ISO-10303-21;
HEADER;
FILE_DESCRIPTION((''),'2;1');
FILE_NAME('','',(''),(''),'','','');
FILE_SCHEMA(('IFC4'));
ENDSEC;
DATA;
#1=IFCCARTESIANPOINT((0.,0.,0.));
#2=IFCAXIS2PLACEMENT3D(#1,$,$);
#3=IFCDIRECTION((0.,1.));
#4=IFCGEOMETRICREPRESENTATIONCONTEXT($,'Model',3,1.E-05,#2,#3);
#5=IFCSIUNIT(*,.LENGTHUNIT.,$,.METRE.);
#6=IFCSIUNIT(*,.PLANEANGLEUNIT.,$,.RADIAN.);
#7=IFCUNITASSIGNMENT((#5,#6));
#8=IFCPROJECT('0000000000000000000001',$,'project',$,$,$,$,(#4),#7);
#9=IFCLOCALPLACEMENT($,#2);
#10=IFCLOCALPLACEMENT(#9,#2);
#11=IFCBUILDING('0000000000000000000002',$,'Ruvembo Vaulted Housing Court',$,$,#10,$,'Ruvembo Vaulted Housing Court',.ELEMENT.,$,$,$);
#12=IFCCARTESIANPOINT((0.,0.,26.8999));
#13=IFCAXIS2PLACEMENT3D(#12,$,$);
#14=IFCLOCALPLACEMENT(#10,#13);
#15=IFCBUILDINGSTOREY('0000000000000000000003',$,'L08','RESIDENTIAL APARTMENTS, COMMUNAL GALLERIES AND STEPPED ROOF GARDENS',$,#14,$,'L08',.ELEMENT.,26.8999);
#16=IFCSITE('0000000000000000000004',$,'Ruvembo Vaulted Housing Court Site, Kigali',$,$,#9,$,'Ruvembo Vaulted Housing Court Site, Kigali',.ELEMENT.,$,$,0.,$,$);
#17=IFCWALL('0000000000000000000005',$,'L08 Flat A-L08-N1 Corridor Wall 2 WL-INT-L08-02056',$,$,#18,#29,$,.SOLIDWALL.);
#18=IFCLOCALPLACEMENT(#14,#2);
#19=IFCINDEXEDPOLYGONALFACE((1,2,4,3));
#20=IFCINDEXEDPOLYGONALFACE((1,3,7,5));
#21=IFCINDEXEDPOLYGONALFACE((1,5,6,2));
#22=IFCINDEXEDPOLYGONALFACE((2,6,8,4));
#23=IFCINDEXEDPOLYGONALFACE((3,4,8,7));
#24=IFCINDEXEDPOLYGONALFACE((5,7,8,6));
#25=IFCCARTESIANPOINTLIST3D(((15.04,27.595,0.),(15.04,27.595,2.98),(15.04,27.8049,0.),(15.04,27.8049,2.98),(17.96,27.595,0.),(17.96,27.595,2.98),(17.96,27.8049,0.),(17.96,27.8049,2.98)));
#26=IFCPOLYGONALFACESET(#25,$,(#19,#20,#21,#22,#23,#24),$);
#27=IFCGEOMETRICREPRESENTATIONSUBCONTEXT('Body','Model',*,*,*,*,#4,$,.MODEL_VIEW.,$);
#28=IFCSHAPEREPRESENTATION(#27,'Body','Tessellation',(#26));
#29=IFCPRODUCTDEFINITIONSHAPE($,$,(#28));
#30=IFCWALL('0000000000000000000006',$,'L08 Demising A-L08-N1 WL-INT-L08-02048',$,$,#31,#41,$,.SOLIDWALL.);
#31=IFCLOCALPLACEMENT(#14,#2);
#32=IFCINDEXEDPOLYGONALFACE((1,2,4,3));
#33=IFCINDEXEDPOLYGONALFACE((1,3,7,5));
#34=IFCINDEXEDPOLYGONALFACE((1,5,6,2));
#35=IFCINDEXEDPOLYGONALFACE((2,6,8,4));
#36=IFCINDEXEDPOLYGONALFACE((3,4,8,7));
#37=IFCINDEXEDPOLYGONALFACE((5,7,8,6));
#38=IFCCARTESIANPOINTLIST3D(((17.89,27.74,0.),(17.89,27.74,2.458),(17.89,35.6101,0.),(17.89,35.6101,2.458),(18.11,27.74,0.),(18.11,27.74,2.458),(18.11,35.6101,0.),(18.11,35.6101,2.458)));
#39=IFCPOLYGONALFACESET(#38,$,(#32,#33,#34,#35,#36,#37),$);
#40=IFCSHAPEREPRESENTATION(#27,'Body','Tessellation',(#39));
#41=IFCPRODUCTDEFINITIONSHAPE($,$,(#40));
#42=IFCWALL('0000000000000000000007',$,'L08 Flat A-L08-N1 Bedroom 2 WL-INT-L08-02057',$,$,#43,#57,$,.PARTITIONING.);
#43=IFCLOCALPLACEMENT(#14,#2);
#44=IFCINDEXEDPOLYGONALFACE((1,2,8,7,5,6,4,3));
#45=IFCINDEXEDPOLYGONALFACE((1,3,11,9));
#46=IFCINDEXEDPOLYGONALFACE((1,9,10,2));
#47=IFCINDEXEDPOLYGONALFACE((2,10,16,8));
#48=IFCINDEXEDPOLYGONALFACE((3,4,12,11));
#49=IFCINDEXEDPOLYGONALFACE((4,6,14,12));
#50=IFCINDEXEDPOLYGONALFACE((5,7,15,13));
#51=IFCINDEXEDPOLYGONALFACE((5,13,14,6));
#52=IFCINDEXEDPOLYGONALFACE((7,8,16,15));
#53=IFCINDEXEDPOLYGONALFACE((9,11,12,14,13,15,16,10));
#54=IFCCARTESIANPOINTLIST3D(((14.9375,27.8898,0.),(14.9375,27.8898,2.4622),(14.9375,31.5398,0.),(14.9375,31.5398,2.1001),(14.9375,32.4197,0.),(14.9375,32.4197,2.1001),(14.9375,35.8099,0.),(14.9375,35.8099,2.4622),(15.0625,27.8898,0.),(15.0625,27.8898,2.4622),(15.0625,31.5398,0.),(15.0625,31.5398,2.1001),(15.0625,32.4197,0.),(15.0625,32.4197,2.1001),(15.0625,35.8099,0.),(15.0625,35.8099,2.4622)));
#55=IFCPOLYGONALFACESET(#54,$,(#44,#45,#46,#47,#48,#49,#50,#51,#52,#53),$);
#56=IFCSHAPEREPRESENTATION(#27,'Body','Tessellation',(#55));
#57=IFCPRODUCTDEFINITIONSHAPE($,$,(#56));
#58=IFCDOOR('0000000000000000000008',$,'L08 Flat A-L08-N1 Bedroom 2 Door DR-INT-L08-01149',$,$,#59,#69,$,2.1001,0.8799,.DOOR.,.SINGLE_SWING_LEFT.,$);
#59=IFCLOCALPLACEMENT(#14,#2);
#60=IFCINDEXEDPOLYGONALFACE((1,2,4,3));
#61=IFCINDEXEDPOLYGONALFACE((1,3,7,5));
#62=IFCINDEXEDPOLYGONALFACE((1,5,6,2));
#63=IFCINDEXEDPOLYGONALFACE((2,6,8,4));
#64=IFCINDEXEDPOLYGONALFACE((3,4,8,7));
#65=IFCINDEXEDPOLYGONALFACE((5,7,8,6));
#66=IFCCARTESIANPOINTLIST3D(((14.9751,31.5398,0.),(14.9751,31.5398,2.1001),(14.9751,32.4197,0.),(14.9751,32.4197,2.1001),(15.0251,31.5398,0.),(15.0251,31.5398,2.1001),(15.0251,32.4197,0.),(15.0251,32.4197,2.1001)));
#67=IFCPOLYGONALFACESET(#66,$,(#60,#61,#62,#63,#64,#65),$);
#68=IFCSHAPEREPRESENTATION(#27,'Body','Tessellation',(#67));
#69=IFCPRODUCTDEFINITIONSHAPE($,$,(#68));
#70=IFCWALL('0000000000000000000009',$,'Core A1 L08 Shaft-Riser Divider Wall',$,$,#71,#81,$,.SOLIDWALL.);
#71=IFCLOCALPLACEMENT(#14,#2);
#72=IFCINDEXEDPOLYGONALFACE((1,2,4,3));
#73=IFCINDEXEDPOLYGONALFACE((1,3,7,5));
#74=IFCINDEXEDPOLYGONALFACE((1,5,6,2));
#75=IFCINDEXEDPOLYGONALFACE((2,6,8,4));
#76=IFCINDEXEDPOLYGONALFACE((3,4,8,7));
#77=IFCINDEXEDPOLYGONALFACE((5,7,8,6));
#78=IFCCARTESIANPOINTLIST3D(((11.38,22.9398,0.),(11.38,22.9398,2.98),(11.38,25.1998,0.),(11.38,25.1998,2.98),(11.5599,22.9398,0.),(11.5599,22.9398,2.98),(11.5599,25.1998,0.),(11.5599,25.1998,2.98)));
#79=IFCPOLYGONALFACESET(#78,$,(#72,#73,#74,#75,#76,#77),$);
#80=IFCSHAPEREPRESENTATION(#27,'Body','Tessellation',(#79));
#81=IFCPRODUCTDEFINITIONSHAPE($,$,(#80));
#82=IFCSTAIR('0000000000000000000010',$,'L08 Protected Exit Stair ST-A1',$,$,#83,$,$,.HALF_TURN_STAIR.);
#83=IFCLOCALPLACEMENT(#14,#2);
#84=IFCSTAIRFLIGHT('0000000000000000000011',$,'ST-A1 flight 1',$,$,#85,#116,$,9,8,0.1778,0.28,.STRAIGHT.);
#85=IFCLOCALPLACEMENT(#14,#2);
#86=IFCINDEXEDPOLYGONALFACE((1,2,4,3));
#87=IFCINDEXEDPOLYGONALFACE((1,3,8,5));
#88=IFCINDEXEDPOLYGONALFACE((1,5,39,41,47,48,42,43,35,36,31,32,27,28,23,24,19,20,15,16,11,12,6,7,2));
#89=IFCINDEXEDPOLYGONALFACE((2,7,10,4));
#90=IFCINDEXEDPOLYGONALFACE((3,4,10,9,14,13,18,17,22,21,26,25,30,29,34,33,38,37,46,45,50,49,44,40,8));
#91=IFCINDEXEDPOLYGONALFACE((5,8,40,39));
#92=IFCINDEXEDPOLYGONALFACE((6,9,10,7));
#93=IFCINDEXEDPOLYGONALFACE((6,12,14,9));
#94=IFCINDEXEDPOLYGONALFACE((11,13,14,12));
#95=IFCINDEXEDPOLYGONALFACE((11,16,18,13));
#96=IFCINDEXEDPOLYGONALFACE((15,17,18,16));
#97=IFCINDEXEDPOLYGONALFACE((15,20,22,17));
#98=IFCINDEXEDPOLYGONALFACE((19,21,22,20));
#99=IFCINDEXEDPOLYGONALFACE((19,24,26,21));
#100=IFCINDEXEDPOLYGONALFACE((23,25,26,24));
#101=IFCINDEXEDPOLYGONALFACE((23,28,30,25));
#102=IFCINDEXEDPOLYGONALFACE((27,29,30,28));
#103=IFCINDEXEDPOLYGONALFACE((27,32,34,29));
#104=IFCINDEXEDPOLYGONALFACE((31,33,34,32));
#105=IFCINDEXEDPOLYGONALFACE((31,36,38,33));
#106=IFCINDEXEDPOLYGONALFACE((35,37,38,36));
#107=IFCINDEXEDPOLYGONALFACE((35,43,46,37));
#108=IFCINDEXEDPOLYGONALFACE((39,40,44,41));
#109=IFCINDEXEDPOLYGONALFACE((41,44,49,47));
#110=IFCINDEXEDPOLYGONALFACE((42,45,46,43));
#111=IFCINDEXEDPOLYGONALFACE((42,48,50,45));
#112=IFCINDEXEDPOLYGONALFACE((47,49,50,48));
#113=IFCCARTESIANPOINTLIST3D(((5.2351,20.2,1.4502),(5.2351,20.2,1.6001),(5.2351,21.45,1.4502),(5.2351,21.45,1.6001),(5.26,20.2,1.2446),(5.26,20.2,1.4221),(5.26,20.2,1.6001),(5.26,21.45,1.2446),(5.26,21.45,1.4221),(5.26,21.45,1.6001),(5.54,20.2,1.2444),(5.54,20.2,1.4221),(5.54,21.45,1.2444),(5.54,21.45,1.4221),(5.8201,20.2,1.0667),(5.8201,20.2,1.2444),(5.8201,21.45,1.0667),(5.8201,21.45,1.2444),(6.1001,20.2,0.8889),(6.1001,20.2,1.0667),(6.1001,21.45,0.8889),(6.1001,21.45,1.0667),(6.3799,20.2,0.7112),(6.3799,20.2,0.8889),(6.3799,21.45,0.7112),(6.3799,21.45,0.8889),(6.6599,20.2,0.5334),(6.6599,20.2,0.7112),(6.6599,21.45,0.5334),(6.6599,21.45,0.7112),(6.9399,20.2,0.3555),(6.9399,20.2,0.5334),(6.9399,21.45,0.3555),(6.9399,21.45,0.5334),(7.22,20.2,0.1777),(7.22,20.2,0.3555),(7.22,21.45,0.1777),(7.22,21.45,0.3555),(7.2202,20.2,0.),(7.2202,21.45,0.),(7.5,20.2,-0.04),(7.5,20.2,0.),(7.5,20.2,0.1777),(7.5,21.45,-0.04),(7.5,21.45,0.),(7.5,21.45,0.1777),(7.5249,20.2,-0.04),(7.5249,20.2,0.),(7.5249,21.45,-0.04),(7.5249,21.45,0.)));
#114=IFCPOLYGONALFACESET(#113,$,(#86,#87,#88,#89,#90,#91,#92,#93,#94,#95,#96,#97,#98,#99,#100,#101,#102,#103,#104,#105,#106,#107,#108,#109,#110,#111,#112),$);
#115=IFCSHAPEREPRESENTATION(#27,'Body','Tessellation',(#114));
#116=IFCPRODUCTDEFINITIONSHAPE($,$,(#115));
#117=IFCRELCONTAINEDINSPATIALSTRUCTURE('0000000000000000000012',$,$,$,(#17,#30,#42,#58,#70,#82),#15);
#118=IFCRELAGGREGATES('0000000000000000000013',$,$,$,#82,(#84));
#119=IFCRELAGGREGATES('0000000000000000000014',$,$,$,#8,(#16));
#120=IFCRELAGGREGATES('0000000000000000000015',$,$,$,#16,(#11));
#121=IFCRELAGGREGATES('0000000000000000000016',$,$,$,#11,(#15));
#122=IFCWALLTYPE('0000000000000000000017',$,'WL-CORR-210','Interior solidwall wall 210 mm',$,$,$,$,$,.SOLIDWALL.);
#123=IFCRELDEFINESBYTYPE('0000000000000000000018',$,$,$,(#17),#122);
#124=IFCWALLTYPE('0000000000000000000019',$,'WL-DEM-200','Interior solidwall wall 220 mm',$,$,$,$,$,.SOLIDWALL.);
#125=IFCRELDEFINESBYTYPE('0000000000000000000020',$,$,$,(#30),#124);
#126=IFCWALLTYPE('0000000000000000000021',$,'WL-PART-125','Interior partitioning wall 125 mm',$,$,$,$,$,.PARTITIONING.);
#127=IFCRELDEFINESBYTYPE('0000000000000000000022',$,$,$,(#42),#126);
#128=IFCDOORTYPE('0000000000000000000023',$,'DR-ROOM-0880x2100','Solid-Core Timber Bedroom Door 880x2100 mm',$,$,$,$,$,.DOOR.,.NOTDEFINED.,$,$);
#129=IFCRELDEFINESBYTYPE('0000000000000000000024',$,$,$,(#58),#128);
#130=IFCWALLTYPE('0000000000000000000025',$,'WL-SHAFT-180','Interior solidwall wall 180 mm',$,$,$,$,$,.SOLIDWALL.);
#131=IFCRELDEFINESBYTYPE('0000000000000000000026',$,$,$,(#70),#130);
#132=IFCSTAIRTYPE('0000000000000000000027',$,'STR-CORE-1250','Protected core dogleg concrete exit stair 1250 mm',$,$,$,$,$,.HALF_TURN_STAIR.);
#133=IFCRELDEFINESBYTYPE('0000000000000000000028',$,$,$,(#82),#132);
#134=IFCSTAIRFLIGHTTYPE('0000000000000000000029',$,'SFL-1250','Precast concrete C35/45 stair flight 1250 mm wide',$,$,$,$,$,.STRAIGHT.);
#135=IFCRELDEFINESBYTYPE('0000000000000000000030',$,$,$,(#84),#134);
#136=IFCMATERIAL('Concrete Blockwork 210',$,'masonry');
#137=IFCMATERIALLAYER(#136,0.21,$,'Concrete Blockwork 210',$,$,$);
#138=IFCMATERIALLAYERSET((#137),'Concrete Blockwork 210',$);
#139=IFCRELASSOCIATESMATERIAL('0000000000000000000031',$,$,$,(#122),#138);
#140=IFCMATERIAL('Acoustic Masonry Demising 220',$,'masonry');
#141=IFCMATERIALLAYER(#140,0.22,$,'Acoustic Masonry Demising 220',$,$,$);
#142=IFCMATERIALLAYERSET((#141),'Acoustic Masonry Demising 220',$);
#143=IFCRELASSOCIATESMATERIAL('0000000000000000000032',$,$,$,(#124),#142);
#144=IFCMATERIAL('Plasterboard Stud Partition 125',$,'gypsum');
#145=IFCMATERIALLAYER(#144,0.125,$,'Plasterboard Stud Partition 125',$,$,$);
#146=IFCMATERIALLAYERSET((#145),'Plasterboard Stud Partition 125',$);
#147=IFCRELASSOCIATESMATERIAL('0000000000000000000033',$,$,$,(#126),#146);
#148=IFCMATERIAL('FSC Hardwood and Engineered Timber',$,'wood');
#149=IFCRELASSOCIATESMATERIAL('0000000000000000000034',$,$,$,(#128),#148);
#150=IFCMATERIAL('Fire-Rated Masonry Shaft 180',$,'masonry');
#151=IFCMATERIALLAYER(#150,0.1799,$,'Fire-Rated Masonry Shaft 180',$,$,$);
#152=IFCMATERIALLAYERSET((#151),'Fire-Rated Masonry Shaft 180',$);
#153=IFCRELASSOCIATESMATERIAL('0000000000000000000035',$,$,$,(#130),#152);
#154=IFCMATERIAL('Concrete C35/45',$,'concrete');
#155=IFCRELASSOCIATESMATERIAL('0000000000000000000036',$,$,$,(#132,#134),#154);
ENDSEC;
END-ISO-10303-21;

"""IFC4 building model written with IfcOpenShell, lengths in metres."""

from ifc_helpers import new_model, si_unit, direction, frame, frame_2d, origin, place, context, subcontext, project, spatial, polyline, rectangle, outline, extrude, material, layer, layer_set, type_object, element, fill, aggregate, save


model = new_model("IFC4")

# Units and contexts
model_context = context("Model", 3, precision=1e-05, world=origin(), true_north=direction((0.0, 1.0)))
body_context = subcontext(model_context, "Body", "Model", "MODEL_VIEW")
ifc_project = project(units=[si_unit("LENGTHUNIT", "METRE"), si_unit("PLANEANGLEUNIT", "RADIAN")], contexts=[model_context])

# Site, building, storey
site_placement = place(None, origin())
site = spatial("IfcSite", under=ifc_project, at=site_placement, Name="Ruvembo Vaulted Housing Court Site, Kigali", LongName="Ruvembo Vaulted Housing Court Site, Kigali", CompositionType="ELEMENT", RefElevation=0.0)
building_placement = place(site_placement, origin())
building = spatial("IfcBuilding", under=site, at=building_placement, Name="Ruvembo Vaulted Housing Court", LongName="Ruvembo Vaulted Housing Court", CompositionType="ELEMENT")
storey_placement = place(building_placement, frame((0.0, 0.0, 26.8999)))
storey = spatial("IfcBuildingStorey", under=building, at=storey_placement, Name="L08", Description="RESIDENTIAL APARTMENTS, COMMUNAL GALLERIES AND STEPPED ROOF GARDENS", LongName="L08", CompositionType="ELEMENT", Elevation=26.8999)

# Shared definitions
ifc_material_1 = material(Name="Concrete C35/45", Category="concrete")

# Walls
ifc_material_2 = material(Name="Concrete Blockwork 210", Category="masonry")
ifc_layer_1 = layer(ifc_material_2, 0.21, Name="Concrete Blockwork 210")
ifc_layer_set_1 = layer_set([ifc_layer_1], Name="Concrete Blockwork 210")
wall_type_1 = type_object("IfcWallType", Name="WL-CORR-210", Description="Interior solidwall wall 210 mm", PredefinedType="SOLIDWALL", material=ifc_layer_set_1)
wall_1_placement = place(storey_placement, frame((15.04, 27.7, 0.0), z_axis=(0.0, 0.0, 1.0), x_axis=(1.0, 0.0, 0.0)))
element("IfcWall", 1, at=wall_1_placement, inside=storey, type_object=wall_type_1, Name="L08 Flat A-L08-N1 Corridor Wall 2 WL-INT-L08-02056", PredefinedType="SOLIDWALL", context=body_context, shape_type="SweptSolid", body=[
    extrude(rectangle(XDim=2.9199, YDim=0.21, at=frame_2d((1.46, 0.0))), origin(), (0.0, 0.0, 1.0), 2.98),
])
ifc_material_3 = material(Name="Acoustic Masonry Demising 220", Category="masonry")
ifc_layer_2 = layer(ifc_material_3, 0.22, Name="Acoustic Masonry Demising 220")
ifc_layer_set_2 = layer_set([ifc_layer_2], Name="Acoustic Masonry Demising 220")
wall_type_2 = type_object("IfcWallType", Name="WL-DEM-200", Description="Interior solidwall wall 220 mm", PredefinedType="SOLIDWALL", material=ifc_layer_set_2)
wall_2_placement = place(storey_placement, frame((18.0, 27.74, 0.0), z_axis=(0.0, 0.0, 1.0), x_axis=(0.0, 1.0, 0.0)))
element("IfcWall", 2, at=wall_2_placement, inside=storey, type_object=wall_type_2, Name="L08 Demising A-L08-N1 WL-INT-L08-02048", PredefinedType="SOLIDWALL", context=body_context, shape_type="SweptSolid", body=[
    extrude(rectangle(XDim=7.8701, YDim=0.22, at=frame_2d((3.9351, 0.0))), origin(), (0.0, 0.0, 1.0), 2.458),
])

# Wall, opening, door
ifc_material_4 = material(Name="Plasterboard Stud Partition 125", Category="gypsum")
ifc_layer_3 = layer(ifc_material_4, 0.125, Name="Plasterboard Stud Partition 125")
ifc_layer_set_3 = layer_set([ifc_layer_3], Name="Plasterboard Stud Partition 125")
wall_type_3 = type_object("IfcWallType", Name="WL-PART-125", Description="Interior partitioning wall 125 mm", PredefinedType="PARTITIONING", material=ifc_layer_set_3)
wall_3_placement = place(storey_placement, frame((15.0, 27.8899, 0.0), z_axis=(0.0, 0.0, 1.0), x_axis=(0.0, 1.0, 0.0)))
wall_3 = element("IfcWall", 3, at=wall_3_placement, inside=storey, type_object=wall_type_3, Name="L08 Flat A-L08-N1 Bedroom 2 WL-INT-L08-02057", PredefinedType="PARTITIONING", context=body_context, shape_type="SweptSolid", body=[
    extrude(rectangle(XDim=7.9202, YDim=0.125, at=frame_2d((3.96, 0.0))), origin(), (0.0, 0.0, 1.0), 2.4622),
])
opening_1_placement = place(wall_3_placement, frame((3.6499, 0.0, 0.0)))
opening_1 = element("IfcOpeningElement", 4, at=opening_1_placement, cuts=wall_3, PredefinedType="OPENING", context=body_context, shape_type="SweptSolid", body=[
    extrude(rectangle(XDim=0.8799, YDim=2.1001, at=frame_2d((0.4399, 1.05))), frame((0.0, 0.0725, 0.0), z_axis=(0.0, -1.0, 0.0), x_axis=(1.0, 0.0, 0.0)), (0.0, 0.0, 1.0), 0.145),
])
ifc_material_5 = material(Name="FSC Hardwood and Engineered Timber", Category="wood")
door_type_1 = type_object("IfcDoorType", Name="DR-ROOM-0880x2100", Description="Solid-Core Timber Bedroom Door 880x2100 mm", OperationType="NOTDEFINED", PredefinedType="DOOR", material=ifc_material_5)
door_1_placement = place(opening_1_placement, origin())
door_1 = element("IfcDoor", 5, at=door_1_placement, inside=storey, type_object=door_type_1, Name="L08 Flat A-L08-N1 Bedroom 2 Door DR-INT-L08-01149", OperationType="SINGLE_SWING_LEFT", OverallHeight=2.1001, OverallWidth=0.8799, PredefinedType="DOOR", context=body_context, shape_type="SweptSolid", body=[
    extrude(rectangle(XDim=0.8799, YDim=2.1001, at=frame_2d((0.4399, 1.05))), frame((0.0, 0.0249, 0.0), z_axis=(0.0, -1.0, 0.0), x_axis=(1.0, 0.0, 0.0)), (0.0, 0.0, 1.0), 0.05),
])
fill(opening_1, door_1)

# Shared definitions
ifc_material_6 = material(Name="Fire-Rated Masonry Shaft 180", Category="masonry")
ifc_layer_4 = layer(ifc_material_6, 0.1799, Name="Fire-Rated Masonry Shaft 180")
ifc_layer_set_4 = layer_set([ifc_layer_4], Name="Fire-Rated Masonry Shaft 180")
wall_type_4 = type_object("IfcWallType", Name="WL-SHAFT-180", Description="Interior solidwall wall 180 mm", PredefinedType="SOLIDWALL", material=ifc_layer_set_4)

# Wall
wall_4_placement = place(storey_placement, frame((11.47, 22.9399, 0.0), z_axis=(0.0, 0.0, 1.0), x_axis=(0.0, 1.0, 0.0)))
element("IfcWall", 6, at=wall_4_placement, inside=storey, type_object=wall_type_4, Name="Core A1 L08 Shaft-Riser Divider Wall", PredefinedType="SOLIDWALL", context=body_context, shape_type="SweptSolid", body=[
    extrude(rectangle(XDim=2.26, YDim=0.1799, at=frame_2d((1.1299, 0.0))), origin(), (0.0, 0.0, 1.0), 2.98),
])

# Stair, stair flight
stair_type = type_object("IfcStairType", Name="STR-CORE-1250", Description="Protected core dogleg concrete exit stair 1250 mm", PredefinedType="HALF_TURN_STAIR", material=ifc_material_1)
stair_placement = place(storey_placement, origin())
stair = element("IfcStair", 7, at=stair_placement, inside=storey, type_object=stair_type, Name="L08 Protected Exit Stair ST-A1", PredefinedType="HALF_TURN_STAIR")
stair_flight_type = type_object("IfcStairFlightType", Name="SFL-1250", Description="Precast concrete C35/45 stair flight 1250 mm wide", PredefinedType="STRAIGHT", material=ifc_material_1)
stair_flight_placement = place(storey_placement, frame((7.5, 20.825, 0.0), z_axis=(0.0, 0.0, 1.0), x_axis=(-1.0, 0.0, 0.0)))
stair_flight = element("IfcStairFlight", 8, at=stair_flight_placement, type_object=stair_flight_type, Name="ST-A1 flight 1", NumberOfRisers=9, NumberOfTreads=8, PredefinedType="STRAIGHT", RiserHeight=0.1778, TreadLength=0.28, context=body_context, shape_type="SweptSolid", body=[
    extrude(outline(polyline([(-0.0249, -0.04), (-0.0249, 0.0), (0.0, 0.0), (0.0, 0.1777), (0.28, 0.1777), (0.28, 0.3555), (0.5601, 0.3555), (0.5601, 0.5334), (0.8401, 0.5334), (0.8401, 0.7112), (1.1201, 0.7112), (1.1201, 0.8889), (1.3999, 0.8889), (1.3999, 1.0667), (1.6799, 1.0667), (1.6799, 1.2444), (1.96, 1.2444), (1.96, 1.4221), (2.24, 1.4221), (2.24, 1.6001), (2.2649, 1.6001), (2.2649, 1.4502), (2.24, 1.2446), (0.2798, 0.0), (0.0, -0.04), (-0.0249, -0.04)])), frame((0.0, 0.625, 0.0), z_axis=(0.0, -1.0, 0.0), x_axis=(1.0, 0.0, 0.0)), (0.0, 0.0, 1.0), 1.25),
])
aggregate(stair, [stair_flight])

save(model, "model.ifc")
